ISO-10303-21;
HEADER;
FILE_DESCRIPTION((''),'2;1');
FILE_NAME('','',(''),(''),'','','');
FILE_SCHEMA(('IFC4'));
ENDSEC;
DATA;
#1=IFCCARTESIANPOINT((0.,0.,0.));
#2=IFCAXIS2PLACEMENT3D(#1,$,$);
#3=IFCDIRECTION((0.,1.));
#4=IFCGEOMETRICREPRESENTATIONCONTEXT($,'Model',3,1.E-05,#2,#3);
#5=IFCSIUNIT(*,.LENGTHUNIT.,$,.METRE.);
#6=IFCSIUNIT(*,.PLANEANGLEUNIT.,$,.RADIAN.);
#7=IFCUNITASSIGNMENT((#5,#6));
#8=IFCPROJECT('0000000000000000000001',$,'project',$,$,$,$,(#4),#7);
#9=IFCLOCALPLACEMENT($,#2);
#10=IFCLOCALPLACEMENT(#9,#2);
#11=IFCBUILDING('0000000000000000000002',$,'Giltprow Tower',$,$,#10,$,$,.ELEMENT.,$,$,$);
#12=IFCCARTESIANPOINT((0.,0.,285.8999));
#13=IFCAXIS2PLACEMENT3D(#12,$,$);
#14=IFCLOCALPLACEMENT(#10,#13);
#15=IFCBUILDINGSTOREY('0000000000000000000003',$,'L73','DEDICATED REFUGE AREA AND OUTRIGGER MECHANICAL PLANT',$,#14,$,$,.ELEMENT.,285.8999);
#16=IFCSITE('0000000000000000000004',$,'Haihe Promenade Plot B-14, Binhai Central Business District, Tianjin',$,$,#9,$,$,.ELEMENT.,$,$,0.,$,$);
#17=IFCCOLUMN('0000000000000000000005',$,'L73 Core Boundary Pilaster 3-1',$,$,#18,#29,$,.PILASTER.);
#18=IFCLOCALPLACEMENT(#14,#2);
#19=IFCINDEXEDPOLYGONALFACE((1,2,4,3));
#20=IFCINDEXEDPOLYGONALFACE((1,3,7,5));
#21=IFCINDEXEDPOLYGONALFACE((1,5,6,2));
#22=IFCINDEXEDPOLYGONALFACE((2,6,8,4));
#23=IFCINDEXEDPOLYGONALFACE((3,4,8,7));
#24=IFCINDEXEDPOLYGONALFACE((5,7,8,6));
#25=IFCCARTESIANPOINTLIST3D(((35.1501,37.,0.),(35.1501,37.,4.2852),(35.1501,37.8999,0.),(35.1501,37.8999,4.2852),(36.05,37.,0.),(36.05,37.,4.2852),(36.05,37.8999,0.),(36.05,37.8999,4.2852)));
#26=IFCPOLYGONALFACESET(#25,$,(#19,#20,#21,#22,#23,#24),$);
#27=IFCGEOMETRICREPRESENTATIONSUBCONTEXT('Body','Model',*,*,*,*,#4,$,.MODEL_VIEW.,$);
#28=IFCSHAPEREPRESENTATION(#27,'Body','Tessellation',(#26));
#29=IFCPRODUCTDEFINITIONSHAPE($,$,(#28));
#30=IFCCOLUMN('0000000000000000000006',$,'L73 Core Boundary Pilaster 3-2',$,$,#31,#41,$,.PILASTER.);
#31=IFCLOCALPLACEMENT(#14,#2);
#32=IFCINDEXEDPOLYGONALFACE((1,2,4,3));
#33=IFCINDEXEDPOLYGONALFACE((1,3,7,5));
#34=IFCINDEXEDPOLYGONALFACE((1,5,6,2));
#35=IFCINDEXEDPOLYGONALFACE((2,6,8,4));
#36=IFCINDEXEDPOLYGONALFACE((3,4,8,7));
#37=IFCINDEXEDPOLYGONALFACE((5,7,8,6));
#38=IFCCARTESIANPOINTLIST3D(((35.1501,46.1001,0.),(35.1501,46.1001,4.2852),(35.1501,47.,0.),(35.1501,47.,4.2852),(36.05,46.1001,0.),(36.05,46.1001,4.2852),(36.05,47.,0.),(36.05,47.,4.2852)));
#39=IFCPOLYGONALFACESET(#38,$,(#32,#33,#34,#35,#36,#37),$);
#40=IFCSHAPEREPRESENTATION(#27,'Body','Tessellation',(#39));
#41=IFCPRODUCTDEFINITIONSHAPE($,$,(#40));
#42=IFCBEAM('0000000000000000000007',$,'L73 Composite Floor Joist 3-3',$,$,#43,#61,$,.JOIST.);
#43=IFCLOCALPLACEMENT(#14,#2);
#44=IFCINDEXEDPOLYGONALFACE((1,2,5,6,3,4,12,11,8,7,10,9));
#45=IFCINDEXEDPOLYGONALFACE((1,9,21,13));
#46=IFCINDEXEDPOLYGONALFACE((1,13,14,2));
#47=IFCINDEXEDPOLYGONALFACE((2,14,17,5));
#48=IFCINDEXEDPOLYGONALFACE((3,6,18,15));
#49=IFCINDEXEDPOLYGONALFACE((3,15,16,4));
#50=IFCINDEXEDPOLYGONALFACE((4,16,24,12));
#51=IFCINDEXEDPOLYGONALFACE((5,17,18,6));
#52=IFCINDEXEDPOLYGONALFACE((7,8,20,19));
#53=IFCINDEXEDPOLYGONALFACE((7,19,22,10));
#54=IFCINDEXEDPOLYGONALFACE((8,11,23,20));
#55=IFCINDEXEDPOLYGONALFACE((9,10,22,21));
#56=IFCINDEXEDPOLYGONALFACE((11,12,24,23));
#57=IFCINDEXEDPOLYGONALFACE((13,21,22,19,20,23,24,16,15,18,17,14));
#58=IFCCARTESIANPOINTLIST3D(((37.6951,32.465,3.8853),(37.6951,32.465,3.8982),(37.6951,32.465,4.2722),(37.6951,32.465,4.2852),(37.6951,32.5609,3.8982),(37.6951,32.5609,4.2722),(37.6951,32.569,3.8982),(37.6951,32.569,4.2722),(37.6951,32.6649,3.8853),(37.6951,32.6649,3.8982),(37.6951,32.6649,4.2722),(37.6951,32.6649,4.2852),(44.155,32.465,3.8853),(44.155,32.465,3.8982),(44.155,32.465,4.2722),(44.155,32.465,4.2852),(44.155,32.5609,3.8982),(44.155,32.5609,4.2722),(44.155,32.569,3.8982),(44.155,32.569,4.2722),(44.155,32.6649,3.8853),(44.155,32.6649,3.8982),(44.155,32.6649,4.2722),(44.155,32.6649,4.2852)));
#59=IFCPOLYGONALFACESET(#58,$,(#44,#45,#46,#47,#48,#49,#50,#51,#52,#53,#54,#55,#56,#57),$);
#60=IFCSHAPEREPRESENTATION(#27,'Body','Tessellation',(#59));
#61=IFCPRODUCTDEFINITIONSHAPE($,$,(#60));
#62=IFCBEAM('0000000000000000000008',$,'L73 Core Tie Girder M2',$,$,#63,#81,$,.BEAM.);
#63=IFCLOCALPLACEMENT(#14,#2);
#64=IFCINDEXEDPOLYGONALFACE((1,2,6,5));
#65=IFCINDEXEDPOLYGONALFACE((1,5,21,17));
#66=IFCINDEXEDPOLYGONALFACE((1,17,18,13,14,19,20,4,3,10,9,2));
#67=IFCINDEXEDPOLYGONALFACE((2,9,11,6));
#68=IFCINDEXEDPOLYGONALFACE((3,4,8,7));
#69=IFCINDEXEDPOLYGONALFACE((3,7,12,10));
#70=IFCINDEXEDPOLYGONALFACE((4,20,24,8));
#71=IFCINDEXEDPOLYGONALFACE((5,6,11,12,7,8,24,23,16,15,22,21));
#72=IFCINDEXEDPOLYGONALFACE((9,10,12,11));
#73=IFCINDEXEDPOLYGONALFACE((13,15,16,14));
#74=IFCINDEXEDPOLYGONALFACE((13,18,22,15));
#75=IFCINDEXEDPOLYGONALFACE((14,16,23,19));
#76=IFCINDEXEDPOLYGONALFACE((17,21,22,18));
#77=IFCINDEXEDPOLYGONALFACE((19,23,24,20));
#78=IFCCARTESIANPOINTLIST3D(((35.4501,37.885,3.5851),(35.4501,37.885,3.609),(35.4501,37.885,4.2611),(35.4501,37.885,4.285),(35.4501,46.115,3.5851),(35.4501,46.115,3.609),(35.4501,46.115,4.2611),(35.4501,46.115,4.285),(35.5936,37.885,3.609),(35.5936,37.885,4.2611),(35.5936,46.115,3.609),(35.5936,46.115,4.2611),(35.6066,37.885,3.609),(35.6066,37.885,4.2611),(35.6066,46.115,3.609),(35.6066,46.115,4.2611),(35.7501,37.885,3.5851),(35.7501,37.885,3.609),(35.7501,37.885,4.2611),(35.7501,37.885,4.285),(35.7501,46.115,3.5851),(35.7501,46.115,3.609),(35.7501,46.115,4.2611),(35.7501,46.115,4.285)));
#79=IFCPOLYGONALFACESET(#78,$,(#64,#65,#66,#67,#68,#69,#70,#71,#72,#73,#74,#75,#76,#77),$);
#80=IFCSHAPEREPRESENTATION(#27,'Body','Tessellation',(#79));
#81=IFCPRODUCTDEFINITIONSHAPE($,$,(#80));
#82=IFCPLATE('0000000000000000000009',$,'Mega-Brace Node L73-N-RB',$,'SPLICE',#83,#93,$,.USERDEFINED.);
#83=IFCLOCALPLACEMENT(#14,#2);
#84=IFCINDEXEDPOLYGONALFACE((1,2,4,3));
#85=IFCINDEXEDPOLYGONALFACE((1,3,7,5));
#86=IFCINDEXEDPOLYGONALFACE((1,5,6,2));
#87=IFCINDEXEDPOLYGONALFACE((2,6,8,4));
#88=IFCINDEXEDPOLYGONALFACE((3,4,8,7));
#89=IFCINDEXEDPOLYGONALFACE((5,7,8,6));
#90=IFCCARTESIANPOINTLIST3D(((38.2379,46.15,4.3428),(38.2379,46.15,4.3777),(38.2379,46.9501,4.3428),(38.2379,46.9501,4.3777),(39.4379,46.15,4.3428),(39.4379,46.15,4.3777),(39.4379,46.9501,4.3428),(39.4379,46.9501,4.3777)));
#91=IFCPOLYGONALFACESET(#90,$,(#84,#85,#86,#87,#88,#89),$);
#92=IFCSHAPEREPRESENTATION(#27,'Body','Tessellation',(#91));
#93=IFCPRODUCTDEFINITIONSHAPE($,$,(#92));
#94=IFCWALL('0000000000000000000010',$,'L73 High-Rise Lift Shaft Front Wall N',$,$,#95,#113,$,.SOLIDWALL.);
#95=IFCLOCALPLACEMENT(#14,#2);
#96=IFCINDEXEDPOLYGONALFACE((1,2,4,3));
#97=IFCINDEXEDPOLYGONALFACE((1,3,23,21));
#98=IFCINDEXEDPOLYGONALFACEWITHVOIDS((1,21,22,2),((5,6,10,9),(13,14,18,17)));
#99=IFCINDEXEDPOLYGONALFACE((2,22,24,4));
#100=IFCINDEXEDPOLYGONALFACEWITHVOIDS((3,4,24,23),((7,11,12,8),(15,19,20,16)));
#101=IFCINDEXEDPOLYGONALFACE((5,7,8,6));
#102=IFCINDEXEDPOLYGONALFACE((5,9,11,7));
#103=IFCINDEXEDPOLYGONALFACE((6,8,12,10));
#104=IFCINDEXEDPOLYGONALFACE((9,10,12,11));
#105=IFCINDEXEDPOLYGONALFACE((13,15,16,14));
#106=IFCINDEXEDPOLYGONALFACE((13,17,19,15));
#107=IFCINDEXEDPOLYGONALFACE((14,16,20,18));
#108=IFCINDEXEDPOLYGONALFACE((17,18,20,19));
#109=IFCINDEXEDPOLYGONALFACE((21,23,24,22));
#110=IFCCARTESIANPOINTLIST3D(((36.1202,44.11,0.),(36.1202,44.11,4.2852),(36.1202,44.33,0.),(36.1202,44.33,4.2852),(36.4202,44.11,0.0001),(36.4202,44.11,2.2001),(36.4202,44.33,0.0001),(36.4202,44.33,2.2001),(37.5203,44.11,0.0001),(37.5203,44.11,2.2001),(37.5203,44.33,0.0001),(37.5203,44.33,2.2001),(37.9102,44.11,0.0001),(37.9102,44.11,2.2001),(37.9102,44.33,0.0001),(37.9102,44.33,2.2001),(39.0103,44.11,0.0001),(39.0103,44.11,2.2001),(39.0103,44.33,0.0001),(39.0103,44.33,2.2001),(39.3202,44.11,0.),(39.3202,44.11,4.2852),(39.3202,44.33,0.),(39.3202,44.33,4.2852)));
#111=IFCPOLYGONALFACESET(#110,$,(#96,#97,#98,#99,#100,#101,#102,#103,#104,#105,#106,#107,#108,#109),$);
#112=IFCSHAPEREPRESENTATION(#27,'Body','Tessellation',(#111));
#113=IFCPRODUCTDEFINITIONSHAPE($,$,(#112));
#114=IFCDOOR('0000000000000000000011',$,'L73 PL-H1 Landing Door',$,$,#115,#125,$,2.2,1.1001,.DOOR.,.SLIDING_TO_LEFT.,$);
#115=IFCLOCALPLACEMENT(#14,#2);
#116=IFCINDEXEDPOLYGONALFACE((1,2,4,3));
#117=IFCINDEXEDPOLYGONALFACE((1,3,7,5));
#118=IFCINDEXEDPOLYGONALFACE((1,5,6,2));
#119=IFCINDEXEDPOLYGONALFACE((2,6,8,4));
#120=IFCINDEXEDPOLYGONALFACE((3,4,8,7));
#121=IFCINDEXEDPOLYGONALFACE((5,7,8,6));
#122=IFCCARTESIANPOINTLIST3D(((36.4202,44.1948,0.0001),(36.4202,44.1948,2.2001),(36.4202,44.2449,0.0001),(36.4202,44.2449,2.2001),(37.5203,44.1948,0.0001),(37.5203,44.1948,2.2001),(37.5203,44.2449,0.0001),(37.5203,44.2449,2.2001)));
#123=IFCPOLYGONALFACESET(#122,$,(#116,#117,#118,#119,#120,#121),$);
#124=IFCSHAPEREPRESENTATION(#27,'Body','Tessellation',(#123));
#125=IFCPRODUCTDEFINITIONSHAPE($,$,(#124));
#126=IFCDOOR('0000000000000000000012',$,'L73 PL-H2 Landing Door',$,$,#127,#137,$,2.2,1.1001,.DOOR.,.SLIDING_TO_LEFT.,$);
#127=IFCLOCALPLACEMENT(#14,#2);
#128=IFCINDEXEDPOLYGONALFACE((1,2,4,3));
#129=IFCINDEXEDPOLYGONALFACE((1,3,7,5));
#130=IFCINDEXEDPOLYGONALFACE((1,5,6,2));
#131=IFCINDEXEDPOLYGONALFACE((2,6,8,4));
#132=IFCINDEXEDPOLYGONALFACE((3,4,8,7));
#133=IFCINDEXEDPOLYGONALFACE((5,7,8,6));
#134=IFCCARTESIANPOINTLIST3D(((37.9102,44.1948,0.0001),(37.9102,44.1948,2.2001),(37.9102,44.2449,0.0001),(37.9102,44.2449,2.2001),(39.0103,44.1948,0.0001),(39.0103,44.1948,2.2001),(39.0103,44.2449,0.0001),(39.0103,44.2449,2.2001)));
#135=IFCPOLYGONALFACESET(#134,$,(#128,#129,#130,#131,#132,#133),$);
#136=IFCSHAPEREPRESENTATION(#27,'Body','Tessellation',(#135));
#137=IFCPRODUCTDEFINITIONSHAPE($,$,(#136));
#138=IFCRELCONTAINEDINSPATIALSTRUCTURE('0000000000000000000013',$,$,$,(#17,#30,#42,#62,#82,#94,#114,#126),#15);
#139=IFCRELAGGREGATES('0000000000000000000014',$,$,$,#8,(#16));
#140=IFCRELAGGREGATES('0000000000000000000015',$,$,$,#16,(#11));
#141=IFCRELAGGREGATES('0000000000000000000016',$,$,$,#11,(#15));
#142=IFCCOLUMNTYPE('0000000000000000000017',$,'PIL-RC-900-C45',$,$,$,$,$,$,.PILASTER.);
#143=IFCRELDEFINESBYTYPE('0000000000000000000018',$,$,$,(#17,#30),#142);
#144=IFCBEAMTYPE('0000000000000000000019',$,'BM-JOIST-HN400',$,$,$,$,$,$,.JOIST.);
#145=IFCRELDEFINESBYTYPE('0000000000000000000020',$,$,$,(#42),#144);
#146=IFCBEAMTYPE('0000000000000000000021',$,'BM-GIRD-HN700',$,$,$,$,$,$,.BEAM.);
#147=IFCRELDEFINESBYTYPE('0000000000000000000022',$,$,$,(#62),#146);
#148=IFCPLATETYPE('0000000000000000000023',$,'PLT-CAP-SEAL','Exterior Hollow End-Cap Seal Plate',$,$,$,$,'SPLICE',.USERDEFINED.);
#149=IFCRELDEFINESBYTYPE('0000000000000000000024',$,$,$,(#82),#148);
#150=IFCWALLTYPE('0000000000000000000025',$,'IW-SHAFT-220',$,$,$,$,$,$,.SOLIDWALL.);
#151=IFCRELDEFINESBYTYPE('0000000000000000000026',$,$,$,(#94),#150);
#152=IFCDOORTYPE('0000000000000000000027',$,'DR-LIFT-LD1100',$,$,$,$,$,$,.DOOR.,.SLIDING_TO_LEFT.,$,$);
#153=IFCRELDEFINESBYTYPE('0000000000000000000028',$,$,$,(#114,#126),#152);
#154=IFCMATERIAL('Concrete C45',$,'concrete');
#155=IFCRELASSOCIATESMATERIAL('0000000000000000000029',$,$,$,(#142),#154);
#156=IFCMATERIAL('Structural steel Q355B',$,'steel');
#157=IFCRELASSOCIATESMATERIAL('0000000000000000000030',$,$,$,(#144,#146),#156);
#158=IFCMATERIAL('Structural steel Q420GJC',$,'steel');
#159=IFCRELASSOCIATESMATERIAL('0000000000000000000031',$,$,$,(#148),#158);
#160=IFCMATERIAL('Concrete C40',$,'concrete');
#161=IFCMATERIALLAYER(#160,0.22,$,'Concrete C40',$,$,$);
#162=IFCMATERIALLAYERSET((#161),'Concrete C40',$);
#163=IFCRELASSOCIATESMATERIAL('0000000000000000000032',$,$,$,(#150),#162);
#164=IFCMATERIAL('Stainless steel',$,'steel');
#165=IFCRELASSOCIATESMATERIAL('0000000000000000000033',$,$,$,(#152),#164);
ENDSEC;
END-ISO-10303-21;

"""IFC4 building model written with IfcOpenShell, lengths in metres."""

from ifc_helpers import new_model, si_unit, direction, frame, frame_2d, origin, origin_2d, place, context, subcontext, project, spatial, rectangle, i_section, extrude, source, transform, mapped, material, layer, layer_set, material_profile, profile_set, type_object, element, fill, save


model = new_model("IFC4")

# Units and contexts
model_context = context("Model", 3, precision=1e-05, world=origin(), true_north=direction((0.0, 1.0)))
body_context = subcontext(model_context, "Body", "Model", "MODEL_VIEW")
ifc_project = project(units=[si_unit("LENGTHUNIT", "METRE"), si_unit("PLANEANGLEUNIT", "RADIAN")], contexts=[model_context])

# Site, building, storey
site_placement = place(None, origin())
site = spatial("IfcSite", under=ifc_project, at=site_placement, Name="Haihe Promenade Plot B-14, Binhai Central Business District, Tianjin", CompositionType="ELEMENT", RefElevation=0.0)
building_placement = place(site_placement, origin())
building = spatial("IfcBuilding", under=site, at=building_placement, Name="Giltprow Tower", CompositionType="ELEMENT")
storey_placement = place(building_placement, frame((0.0, 0.0, 285.8999)))
storey = spatial("IfcBuildingStorey", under=building, at=storey_placement, Name="L73", Description="DEDICATED REFUGE AREA AND OUTRIGGER MECHANICAL PLANT", CompositionType="ELEMENT", Elevation=285.8999)

# Columns
ifc_material_1 = material(Name="Concrete C45", Category="concrete")
ifc_material_profile_1 = material_profile(ifc_material_1, rectangle(XDim=0.8999, YDim=0.8999, at=origin_2d()), Name="RC 900x900")
ifc_profile_set_1 = profile_set([ifc_material_profile_1], Name="Concrete C45")
column_type = type_object("IfcColumnType", Name="PIL-RC-900-C45", PredefinedType="PILASTER", material=ifc_profile_set_1)
shared_shape_1 = source(origin(), body_context, "Body", "SweptSolid", [
    extrude(rectangle(XDim=0.8999, YDim=0.8999, at=origin_2d()), origin(), (0.0, 0.0, 1.0), 4.2852),
])
for number, where, z_axis, x_axis, name in (
    (1, (35.6001, 37.45, 0.0), (0.0, 0.0, 1.0), (1.0, 0.0, 0.0), "L73 Core Boundary Pilaster 3-1"),
    (2, (35.6001, 46.55, 0.0), (0.0, 0.0, 1.0), (1.0, 0.0, 0.0), "L73 Core Boundary Pilaster 3-2"),
):
    element("IfcColumn", number, at=place(storey_placement, frame(where, z_axis=z_axis, x_axis=x_axis)), inside=storey, type_object=column_type, Name=name, PredefinedType="PILASTER", context=body_context, shape_type="MappedRepresentation", body=[
        mapped(shared_shape_1, transform((0.0, 0.0, 0.0), x_axis=(1.0, 0.0, 0.0), y_axis=(0.0, 1.0, 0.0), z_axis=(0.0, 0.0, 1.0), scale=1.0)),
    ])

# Beams
ifc_material_2 = material(Name="Structural steel Q355B", Category="steel")
ifc_material_profile_2 = material_profile(ifc_material_2, i_section(OverallWidth=0.2, OverallDepth=0.3999, WebThickness=0.0081, FlangeThickness=0.0129, at=origin_2d()), Name="HN 400x200x8x13")
ifc_profile_set_2 = profile_set([ifc_material_profile_2], Name="Structural steel Q355B")
beam_type_1 = type_object("IfcBeamType", Name="BM-JOIST-HN400", PredefinedType="JOIST", material=ifc_profile_set_2)
shared_shape_2 = source(origin(), body_context, "Body", "SweptSolid", [
    extrude(i_section(OverallWidth=0.2, OverallDepth=0.3999, WebThickness=0.0081, FlangeThickness=0.0129, at=origin_2d()), origin(), (0.0, 0.0, 1.0), 6.46),
])
beam_1_placement = place(storey_placement, frame((37.6951, 32.5649, 4.0852), z_axis=(1.0, 0.0, 0.0), x_axis=(0.0, 1.0, 0.0)))
element("IfcBeam", 3, at=beam_1_placement, inside=storey, type_object=beam_type_1, Name="L73 Composite Floor Joist 3-3", PredefinedType="JOIST", context=body_context, shape_type="MappedRepresentation", body=[
    mapped(shared_shape_2, transform((0.0, 0.0, 0.0), x_axis=(1.0, 0.0, 0.0), y_axis=(0.0, 1.0, 0.0), z_axis=(0.0, 0.0, 1.0), scale=1.0)),
])
ifc_material_profile_3 = material_profile(ifc_material_2, i_section(OverallWidth=0.3, OverallDepth=0.7, WebThickness=0.0129, FlangeThickness=0.0239, at=origin_2d()), Name="HN 700x300x13x24")
ifc_profile_set_3 = profile_set([ifc_material_profile_3], Name="Structural steel Q355B")
beam_type_2 = type_object("IfcBeamType", Name="BM-GIRD-HN700", PredefinedType="BEAM", material=ifc_profile_set_3)
shared_shape_3 = source(origin(), body_context, "Body", "SweptSolid", [
    extrude(i_section(OverallWidth=0.3, OverallDepth=0.7, WebThickness=0.0129, FlangeThickness=0.0239, at=origin_2d()), origin(), (0.0, 0.0, 1.0), 8.23),
])
beam_2_placement = place(storey_placement, frame((35.6001, 37.885, 3.9351), z_axis=(0.0, 1.0, 0.0), x_axis=(-1.0, 0.0, 0.0)))
element("IfcBeam", 4, at=beam_2_placement, inside=storey, type_object=beam_type_2, Name="L73 Core Tie Girder M2", PredefinedType="BEAM", context=body_context, shape_type="MappedRepresentation", body=[
    mapped(shared_shape_3, transform((0.0, 0.0, 0.0), x_axis=(1.0, 0.0, 0.0), y_axis=(0.0, 1.0, 0.0), z_axis=(0.0, 0.0, 1.0), scale=1.0)),
])

# Plate
ifc_material_3 = material(Name="Structural steel Q420GJC", Category="steel")
plate_type = type_object("IfcPlateType", Name="PLT-CAP-SEAL", Description="Exterior Hollow End-Cap Seal Plate", ElementType="SPLICE", PredefinedType="USERDEFINED", material=ifc_material_3)
shared_shape_4 = source(origin(), body_context, "Body", "SweptSolid", [
    extrude(rectangle(XDim=1.2, YDim=0.8, at=origin_2d()), origin(), (0.0, 0.0, 1.0), 0.0349),
])
plate_placement = place(storey_placement, frame((38.8379, 46.55, 4.3428), z_axis=(0.0, 0.0, 1.0), x_axis=(1.0, 0.0, 0.0)))
element("IfcPlate", 5, at=plate_placement, inside=storey, type_object=plate_type, Name="Mega-Brace Node L73-N-RB", ObjectType="SPLICE", PredefinedType="USERDEFINED", context=body_context, shape_type="MappedRepresentation", body=[
    mapped(shared_shape_4, transform((0.0, 0.0, 0.0), x_axis=(1.0, 0.0, 0.0), y_axis=(0.0, 1.0, 0.0), z_axis=(0.0, 0.0, 1.0), scale=1.0)),
])

# Wall, openings, doors
ifc_material_4 = material(Name="Concrete C40", Category="concrete")
ifc_layer_1 = layer(ifc_material_4, 0.22, Name="Concrete C40")
ifc_layer_set_1 = layer_set([ifc_layer_1], Name="Concrete C40")
wall_type_1 = type_object("IfcWallType", Name="IW-SHAFT-220", PredefinedType="SOLIDWALL", material=ifc_layer_set_1)
wall_1_placement = place(storey_placement, frame((36.1201, 44.22, 0.0), z_axis=(0.0, 0.0, 1.0), x_axis=(1.0, 0.0, 0.0)))
wall_1 = element("IfcWall", 6, at=wall_1_placement, inside=storey, type_object=wall_type_1, Name="L73 High-Rise Lift Shaft Front Wall N", PredefinedType="SOLIDWALL", context=body_context, shape_type="SweptSolid", body=[
    extrude(rectangle(XDim=3.2, YDim=0.22, at=frame_2d((1.6001, 0.0))), origin(), (0.0, 0.0, 1.0), 4.2852),
])
opening_1_placement = place(wall_1_placement, frame((0.3, 0.0, 0.0)))
opening_1 = element("IfcOpeningElement", 7, at=opening_1_placement, cuts=wall_1, PredefinedType="OPENING", context=body_context, shape_type="SweptSolid", body=[
    extrude(rectangle(XDim=1.1001, YDim=2.2, at=frame_2d((0.55, 1.1001))), frame((0.0, 0.1199, 0.0), z_axis=(0.0, -1.0, 0.0), x_axis=(1.0, 0.0, 0.0)), (0.0, 0.0, 1.0), 0.24),
])
opening_2_placement = place(wall_1_placement, frame((1.79, 0.0, 0.0)))
opening_2 = element("IfcOpeningElement", 8, at=opening_2_placement, cuts=wall_1, PredefinedType="OPENING", context=body_context, shape_type="SweptSolid", body=[
    extrude(rectangle(XDim=1.1001, YDim=2.2, at=frame_2d((0.55, 1.1001))), frame((0.0, 0.1199, 0.0), z_axis=(0.0, -1.0, 0.0), x_axis=(1.0, 0.0, 0.0)), (0.0, 0.0, 1.0), 0.24),
])
ifc_material_5 = material(Name="Stainless steel", Category="steel")
door_type_1 = type_object("IfcDoorType", Name="DR-LIFT-LD1100", OperationType="SLIDING_TO_LEFT", PredefinedType="DOOR", material=ifc_material_5)
shared_shape_5 = source(origin(), body_context, "Body", "SweptSolid", [
    extrude(rectangle(XDim=1.1001, YDim=2.2, at=frame_2d((0.55, 1.1001))), frame((0.0, 0.0249, 0.0), z_axis=(0.0, -1.0, 0.0), x_axis=(1.0, 0.0, 0.0)), (0.0, 0.0, 1.0), 0.05),
])
door_1_placement = place(opening_1_placement, origin())
door_1 = element("IfcDoor", 9, at=door_1_placement, inside=storey, type_object=door_type_1, Name="L73 PL-H1 Landing Door", OperationType="SLIDING_TO_LEFT", OverallHeight=2.2, OverallWidth=1.1001, PredefinedType="DOOR", context=body_context, shape_type="MappedRepresentation", body=[
    mapped(shared_shape_5, transform((0.0, 0.0, 0.0), x_axis=(1.0, 0.0, 0.0), y_axis=(0.0, 1.0, 0.0), z_axis=(0.0, 0.0, 1.0), scale=1.0)),
])
fill(opening_1, door_1)
door_2_placement = place(opening_2_placement, origin())
door_2 = element("IfcDoor", 10, at=door_2_placement, inside=storey, type_object=door_type_1, Name="L73 PL-H2 Landing Door", OperationType="SLIDING_TO_LEFT", OverallHeight=2.2, OverallWidth=1.1001, PredefinedType="DOOR", context=body_context, shape_type="MappedRepresentation", body=[
    mapped(shared_shape_5, transform((0.0, 0.0, 0.0), x_axis=(1.0, 0.0, 0.0), y_axis=(0.0, 1.0, 0.0), z_axis=(0.0, 0.0, 1.0), scale=1.0)),
])
fill(opening_2, door_2)

save(model, "model.ifc")
